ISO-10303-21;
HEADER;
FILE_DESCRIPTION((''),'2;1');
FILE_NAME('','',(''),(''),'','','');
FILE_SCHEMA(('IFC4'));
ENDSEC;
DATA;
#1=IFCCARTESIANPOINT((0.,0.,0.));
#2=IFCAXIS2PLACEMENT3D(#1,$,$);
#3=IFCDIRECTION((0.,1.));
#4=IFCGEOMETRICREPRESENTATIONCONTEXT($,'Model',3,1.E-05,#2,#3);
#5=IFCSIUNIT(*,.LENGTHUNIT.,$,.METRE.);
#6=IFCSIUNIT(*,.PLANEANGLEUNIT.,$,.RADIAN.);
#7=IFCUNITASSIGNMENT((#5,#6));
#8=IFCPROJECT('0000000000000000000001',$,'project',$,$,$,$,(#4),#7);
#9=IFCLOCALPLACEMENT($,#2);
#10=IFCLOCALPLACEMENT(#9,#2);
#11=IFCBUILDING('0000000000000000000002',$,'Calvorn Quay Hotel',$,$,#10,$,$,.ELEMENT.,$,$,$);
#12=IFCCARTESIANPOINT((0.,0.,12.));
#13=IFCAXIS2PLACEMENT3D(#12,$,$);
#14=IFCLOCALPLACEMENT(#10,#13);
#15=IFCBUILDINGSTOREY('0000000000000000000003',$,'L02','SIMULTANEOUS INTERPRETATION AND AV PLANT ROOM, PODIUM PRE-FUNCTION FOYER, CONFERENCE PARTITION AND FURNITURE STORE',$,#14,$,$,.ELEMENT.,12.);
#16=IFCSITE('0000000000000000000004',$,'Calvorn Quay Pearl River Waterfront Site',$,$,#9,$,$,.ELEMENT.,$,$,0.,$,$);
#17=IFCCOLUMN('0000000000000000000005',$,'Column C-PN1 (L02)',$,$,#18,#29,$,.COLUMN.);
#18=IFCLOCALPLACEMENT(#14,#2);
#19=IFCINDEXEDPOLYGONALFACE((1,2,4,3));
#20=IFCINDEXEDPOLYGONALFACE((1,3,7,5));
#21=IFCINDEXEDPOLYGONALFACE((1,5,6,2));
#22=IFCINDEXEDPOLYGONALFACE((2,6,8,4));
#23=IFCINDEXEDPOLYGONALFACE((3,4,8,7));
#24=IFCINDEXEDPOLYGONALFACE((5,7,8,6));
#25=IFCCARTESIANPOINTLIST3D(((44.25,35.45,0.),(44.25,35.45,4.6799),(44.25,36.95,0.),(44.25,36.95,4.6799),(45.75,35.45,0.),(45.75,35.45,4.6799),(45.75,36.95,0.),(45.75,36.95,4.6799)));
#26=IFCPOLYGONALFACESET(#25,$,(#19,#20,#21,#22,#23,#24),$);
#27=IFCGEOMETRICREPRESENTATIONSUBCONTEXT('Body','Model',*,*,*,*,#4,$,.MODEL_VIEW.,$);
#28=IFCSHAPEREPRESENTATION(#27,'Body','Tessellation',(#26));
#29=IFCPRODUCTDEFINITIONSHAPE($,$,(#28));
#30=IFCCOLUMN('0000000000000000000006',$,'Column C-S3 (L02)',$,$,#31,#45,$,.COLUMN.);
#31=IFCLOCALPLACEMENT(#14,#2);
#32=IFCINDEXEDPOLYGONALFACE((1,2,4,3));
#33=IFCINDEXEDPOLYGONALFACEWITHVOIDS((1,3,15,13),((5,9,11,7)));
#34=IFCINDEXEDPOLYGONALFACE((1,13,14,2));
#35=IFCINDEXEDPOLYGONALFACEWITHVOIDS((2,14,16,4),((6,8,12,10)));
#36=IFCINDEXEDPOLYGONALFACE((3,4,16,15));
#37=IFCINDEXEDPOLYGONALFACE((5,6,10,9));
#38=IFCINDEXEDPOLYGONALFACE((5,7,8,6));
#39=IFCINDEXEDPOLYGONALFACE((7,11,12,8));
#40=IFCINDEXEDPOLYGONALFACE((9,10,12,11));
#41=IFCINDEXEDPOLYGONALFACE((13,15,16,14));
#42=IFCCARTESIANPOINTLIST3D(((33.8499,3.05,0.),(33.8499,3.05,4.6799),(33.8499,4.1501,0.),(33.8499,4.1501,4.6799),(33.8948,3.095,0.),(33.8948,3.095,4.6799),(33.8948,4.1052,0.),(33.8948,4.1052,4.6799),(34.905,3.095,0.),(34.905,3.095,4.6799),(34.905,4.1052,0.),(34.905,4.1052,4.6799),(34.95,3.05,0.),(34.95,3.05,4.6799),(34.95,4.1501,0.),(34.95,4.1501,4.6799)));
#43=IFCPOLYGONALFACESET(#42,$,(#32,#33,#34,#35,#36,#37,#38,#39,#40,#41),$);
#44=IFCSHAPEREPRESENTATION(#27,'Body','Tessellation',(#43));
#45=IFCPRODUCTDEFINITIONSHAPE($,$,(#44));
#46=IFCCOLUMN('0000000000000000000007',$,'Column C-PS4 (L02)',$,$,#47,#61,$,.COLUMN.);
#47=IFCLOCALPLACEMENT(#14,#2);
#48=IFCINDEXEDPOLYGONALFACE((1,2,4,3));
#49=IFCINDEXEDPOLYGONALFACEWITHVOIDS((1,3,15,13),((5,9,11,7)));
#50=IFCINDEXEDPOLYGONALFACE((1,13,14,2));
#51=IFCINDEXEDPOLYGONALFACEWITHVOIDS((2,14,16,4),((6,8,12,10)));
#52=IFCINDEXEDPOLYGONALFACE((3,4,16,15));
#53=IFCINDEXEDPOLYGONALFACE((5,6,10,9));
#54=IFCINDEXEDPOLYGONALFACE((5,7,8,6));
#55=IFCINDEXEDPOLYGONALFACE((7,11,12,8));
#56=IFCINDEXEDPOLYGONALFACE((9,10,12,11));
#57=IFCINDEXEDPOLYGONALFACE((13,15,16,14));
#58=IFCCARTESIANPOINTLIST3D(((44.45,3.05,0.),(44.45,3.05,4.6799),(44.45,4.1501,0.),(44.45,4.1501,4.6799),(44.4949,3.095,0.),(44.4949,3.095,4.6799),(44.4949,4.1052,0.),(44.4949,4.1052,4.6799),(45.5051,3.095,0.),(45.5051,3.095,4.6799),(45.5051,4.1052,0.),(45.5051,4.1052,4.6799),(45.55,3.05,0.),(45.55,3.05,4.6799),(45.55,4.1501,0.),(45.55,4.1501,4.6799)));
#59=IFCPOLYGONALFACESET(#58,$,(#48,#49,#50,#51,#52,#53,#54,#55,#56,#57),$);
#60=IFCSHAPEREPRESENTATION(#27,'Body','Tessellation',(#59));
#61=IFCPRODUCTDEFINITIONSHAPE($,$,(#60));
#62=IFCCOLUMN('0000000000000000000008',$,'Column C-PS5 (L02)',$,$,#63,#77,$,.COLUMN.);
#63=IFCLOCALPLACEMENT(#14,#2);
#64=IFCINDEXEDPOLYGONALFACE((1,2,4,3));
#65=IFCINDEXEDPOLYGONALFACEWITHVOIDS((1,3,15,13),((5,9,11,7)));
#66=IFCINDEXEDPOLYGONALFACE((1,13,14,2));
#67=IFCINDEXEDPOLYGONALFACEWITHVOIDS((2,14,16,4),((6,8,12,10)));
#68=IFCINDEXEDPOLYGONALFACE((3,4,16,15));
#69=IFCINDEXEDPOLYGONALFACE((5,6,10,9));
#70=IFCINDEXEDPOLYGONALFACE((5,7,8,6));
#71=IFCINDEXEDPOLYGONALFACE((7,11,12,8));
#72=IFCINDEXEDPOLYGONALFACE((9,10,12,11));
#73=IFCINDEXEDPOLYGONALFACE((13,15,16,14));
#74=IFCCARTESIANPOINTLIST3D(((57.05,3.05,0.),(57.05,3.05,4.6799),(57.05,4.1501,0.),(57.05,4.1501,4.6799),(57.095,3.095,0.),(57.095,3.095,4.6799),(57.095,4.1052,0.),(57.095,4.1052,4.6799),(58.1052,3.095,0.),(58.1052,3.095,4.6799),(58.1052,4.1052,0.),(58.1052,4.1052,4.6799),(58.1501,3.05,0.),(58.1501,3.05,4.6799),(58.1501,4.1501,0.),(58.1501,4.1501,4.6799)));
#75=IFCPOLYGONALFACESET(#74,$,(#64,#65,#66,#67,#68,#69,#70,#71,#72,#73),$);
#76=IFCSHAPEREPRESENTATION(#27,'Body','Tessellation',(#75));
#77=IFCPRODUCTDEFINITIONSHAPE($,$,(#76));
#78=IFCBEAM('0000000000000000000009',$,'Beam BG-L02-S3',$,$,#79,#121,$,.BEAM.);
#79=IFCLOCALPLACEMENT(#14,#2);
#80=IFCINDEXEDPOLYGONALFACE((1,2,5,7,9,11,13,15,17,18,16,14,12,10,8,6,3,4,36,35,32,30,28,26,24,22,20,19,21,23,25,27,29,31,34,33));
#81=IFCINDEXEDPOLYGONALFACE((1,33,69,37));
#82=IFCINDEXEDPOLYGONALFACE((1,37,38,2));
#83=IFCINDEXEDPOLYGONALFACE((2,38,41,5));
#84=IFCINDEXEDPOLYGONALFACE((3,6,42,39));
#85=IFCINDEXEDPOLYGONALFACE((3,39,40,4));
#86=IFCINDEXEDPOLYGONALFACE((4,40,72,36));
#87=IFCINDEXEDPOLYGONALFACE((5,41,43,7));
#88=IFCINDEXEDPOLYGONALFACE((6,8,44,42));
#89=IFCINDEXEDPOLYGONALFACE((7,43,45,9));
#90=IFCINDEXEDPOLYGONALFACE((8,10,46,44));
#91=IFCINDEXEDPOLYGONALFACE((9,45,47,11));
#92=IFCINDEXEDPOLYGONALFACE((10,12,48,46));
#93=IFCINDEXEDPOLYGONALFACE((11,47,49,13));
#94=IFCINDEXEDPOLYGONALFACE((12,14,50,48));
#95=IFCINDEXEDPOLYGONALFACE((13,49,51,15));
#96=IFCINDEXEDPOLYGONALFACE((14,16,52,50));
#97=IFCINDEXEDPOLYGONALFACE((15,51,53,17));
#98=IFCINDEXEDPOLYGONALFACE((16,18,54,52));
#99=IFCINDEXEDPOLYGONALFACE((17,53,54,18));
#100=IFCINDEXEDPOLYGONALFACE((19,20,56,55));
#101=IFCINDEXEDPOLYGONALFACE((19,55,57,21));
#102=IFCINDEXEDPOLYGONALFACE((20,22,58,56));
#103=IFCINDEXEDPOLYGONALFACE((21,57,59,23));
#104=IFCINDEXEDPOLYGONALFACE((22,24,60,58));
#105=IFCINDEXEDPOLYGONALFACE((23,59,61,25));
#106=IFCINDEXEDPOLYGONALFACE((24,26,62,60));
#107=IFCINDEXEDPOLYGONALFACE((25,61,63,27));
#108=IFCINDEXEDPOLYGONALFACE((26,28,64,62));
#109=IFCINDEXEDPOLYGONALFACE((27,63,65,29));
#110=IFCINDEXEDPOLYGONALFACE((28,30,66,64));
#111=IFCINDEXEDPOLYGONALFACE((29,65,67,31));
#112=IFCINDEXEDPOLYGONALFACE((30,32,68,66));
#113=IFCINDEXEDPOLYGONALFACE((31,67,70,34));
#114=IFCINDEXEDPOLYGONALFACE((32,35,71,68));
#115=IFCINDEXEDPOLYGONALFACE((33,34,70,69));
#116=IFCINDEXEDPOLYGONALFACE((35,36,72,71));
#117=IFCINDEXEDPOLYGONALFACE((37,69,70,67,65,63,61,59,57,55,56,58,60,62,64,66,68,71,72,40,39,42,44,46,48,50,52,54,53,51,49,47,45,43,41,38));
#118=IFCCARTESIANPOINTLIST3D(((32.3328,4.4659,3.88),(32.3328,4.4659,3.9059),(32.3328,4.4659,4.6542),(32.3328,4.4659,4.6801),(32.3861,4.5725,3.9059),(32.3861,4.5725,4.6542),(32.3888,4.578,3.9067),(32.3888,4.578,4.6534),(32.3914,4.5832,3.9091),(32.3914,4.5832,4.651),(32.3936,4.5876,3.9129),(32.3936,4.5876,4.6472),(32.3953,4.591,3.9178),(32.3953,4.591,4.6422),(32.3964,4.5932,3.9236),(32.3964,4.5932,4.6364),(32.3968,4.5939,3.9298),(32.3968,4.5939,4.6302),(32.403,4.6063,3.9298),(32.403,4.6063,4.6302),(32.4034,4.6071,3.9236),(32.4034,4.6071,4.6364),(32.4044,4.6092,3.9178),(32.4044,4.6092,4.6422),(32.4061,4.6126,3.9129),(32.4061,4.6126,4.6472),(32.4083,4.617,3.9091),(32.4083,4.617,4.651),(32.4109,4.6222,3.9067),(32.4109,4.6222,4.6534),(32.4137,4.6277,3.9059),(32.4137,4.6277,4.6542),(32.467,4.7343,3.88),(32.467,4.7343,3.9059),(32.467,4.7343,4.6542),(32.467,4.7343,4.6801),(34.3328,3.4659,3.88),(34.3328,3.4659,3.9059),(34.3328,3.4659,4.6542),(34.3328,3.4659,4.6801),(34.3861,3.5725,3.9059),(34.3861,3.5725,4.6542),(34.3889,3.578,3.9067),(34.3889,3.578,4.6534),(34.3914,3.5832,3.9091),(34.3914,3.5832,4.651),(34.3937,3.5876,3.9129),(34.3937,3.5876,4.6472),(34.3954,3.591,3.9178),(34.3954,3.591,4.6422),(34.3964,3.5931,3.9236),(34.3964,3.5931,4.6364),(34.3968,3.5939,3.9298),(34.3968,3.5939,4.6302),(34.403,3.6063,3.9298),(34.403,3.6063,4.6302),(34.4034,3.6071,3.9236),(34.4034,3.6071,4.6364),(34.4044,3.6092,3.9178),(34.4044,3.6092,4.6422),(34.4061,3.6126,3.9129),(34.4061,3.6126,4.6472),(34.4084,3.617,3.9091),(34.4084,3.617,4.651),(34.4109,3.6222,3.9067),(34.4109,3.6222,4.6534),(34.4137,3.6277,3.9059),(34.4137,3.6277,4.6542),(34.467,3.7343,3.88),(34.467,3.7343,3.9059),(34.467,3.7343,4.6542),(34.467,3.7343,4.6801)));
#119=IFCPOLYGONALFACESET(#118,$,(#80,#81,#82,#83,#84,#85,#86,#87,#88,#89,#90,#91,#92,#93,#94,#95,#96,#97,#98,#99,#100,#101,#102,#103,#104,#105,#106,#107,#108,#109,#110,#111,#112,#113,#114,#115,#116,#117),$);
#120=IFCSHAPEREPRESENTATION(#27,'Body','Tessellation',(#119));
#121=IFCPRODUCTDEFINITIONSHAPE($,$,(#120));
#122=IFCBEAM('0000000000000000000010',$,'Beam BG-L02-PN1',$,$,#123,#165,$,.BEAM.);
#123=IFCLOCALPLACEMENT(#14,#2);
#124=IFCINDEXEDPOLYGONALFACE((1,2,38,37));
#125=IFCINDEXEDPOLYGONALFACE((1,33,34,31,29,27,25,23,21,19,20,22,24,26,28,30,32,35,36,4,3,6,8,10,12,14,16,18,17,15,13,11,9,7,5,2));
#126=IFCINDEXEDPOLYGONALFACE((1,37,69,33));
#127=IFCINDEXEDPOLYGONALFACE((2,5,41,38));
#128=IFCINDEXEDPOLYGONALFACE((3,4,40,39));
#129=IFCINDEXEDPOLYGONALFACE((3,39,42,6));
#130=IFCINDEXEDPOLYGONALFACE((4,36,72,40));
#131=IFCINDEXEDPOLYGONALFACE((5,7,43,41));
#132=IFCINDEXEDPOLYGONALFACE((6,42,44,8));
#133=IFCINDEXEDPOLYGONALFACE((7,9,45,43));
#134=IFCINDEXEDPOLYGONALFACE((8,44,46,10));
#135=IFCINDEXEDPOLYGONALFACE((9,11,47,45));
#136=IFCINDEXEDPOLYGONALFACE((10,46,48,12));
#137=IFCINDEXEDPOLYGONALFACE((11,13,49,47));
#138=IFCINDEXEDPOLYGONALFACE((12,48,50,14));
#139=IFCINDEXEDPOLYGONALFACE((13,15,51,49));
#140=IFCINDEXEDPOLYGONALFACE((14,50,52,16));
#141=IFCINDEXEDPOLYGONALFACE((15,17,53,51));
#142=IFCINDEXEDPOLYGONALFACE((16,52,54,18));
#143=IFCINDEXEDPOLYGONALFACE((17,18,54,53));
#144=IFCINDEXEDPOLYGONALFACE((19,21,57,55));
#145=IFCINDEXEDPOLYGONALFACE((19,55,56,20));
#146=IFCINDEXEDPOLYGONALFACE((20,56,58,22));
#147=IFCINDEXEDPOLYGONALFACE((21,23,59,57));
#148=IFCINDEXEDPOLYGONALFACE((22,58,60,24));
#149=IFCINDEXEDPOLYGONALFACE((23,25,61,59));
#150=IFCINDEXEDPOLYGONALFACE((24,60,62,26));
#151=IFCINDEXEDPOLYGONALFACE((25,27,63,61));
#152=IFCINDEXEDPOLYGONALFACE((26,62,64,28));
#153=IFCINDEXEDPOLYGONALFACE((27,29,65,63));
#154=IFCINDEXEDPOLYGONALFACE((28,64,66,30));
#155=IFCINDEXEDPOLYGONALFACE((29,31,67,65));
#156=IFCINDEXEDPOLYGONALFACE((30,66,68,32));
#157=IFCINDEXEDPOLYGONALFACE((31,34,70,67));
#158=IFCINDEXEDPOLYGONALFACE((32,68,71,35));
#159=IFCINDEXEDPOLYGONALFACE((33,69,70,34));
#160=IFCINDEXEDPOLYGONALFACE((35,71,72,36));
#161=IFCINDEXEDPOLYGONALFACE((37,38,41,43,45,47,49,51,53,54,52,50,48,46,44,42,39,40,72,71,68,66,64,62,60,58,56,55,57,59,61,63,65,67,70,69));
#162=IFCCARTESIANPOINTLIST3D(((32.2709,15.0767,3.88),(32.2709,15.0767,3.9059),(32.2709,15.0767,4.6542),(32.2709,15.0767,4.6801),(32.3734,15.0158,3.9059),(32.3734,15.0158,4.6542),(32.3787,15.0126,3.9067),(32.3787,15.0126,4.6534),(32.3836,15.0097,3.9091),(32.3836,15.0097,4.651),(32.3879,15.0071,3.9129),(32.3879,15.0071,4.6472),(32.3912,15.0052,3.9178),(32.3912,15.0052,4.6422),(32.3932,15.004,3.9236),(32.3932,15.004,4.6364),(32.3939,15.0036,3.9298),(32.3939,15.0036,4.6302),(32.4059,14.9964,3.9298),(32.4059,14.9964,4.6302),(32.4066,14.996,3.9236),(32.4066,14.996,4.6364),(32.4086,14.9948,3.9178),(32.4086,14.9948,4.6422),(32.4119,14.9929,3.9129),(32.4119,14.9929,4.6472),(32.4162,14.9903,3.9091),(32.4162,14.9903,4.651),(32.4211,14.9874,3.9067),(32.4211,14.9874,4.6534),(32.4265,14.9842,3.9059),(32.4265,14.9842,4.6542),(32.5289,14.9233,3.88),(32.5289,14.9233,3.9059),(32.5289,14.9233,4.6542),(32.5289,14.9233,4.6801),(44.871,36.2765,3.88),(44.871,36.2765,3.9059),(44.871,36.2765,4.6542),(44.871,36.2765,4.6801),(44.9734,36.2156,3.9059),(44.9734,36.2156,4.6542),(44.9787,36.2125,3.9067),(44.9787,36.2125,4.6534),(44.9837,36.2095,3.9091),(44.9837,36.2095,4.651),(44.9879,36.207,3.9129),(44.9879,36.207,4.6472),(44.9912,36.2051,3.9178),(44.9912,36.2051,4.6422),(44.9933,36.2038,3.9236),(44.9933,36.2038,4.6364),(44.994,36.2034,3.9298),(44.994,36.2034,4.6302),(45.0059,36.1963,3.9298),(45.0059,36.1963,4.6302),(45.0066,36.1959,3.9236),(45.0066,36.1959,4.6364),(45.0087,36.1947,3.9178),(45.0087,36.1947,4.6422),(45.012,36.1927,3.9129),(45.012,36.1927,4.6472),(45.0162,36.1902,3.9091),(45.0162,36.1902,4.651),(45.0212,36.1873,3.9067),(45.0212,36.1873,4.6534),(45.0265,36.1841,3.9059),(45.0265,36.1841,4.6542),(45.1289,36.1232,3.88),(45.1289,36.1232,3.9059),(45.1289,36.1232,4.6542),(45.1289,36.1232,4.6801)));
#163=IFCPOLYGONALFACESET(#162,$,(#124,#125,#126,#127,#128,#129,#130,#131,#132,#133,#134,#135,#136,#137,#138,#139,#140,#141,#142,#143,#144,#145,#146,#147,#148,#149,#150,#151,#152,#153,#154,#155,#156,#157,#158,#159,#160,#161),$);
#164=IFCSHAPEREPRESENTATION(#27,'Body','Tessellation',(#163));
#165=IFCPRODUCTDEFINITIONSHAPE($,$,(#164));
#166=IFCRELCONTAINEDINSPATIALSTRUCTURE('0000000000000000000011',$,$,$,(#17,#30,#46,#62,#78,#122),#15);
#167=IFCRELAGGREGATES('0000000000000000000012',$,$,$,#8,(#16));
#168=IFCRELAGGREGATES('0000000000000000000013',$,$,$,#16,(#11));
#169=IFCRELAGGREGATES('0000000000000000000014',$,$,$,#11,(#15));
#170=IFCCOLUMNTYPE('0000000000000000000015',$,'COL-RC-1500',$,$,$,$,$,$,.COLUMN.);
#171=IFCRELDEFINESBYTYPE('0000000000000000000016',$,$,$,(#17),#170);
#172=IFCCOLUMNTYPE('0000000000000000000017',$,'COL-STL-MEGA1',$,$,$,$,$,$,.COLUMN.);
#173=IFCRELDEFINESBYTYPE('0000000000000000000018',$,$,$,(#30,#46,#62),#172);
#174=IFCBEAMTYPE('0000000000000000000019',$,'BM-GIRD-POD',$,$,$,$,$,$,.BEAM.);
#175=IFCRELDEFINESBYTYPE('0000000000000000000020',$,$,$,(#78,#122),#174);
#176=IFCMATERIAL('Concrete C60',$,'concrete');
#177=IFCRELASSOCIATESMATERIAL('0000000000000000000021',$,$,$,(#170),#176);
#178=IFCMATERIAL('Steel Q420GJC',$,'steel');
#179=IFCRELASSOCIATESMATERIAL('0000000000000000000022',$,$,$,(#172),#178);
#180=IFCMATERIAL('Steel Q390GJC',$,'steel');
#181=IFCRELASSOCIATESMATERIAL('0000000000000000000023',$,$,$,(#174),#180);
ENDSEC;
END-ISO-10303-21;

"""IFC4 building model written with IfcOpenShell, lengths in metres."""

from ifc_helpers import new_model, si_unit, direction, frame, origin, origin_2d, place, context, subcontext, project, spatial, rectangle, hollow_rectangle, i_section, extrude, material, material_profile, profile_set, type_object, element, save


model = new_model("IFC4")

# Units and contexts
model_context = context("Model", 3, precision=1e-05, world=origin(), true_north=direction((0.0, 1.0)))
body_context = subcontext(model_context, "Body", "Model", "MODEL_VIEW")
ifc_project = project(units=[si_unit("LENGTHUNIT", "METRE"), si_unit("PLANEANGLEUNIT", "RADIAN")], contexts=[model_context])

# Site, building, storey
site_placement = place(None, origin())
site = spatial("IfcSite", under=ifc_project, at=site_placement, Name="Calvorn Quay Pearl River Waterfront Site", CompositionType="ELEMENT", RefElevation=0.0)
building_placement = place(site_placement, origin())
building = spatial("IfcBuilding", under=site, at=building_placement, Name="Calvorn Quay Hotel", CompositionType="ELEMENT")
storey_placement = place(building_placement, frame((0.0, 0.0, 12.0)))
storey = spatial("IfcBuildingStorey", under=building, at=storey_placement, Name="L02", Description="SIMULTANEOUS INTERPRETATION AND AV PLANT ROOM, PODIUM PRE-FUNCTION FOYER, CONFERENCE PARTITION AND FURNITURE STORE", CompositionType="ELEMENT", Elevation=12.0)

# Columns
ifc_material_1 = material(Name="Concrete C60", Category="concrete")
ifc_material_profile_1 = material_profile(ifc_material_1, rectangle(XDim=1.5, YDim=1.5, at=origin_2d()), Name="RC1500x1500")
ifc_profile_set_1 = profile_set([ifc_material_profile_1], Name="Concrete C60")
column_type_1 = type_object("IfcColumnType", Name="COL-RC-1500", PredefinedType="COLUMN", material=ifc_profile_set_1)
column_placement = place(storey_placement, frame((45.0, 36.2, 0.0), z_axis=(0.0, 0.0, 1.0), x_axis=(1.0, 0.0, 0.0)))
element("IfcColumn", 1, at=column_placement, inside=storey, type_object=column_type_1, Name="Column C-PN1 (L02)", PredefinedType="COLUMN", context=body_context, shape_type="SweptSolid", body=[
    extrude(rectangle(XDim=1.5, YDim=1.5, at=origin_2d()), origin(), (0.0, 0.0, 1.0), 4.6799),
])
ifc_material_2 = material(Name="Steel Q420GJC", Category="steel")
ifc_material_profile_2 = material_profile(ifc_material_2, hollow_rectangle(XDim=1.1001, YDim=1.1001, WallThickness=0.0449, at=origin_2d()), Name="BOX1100x1100x45")
ifc_profile_set_2 = profile_set([ifc_material_profile_2], Name="Steel Q420GJC")
column_type_2 = type_object("IfcColumnType", Name="COL-STL-MEGA1", PredefinedType="COLUMN", material=ifc_profile_set_2)
for number, where, z_axis, x_axis, name in (
    (2, (34.3999, 3.6001, 0.0), (0.0, 0.0, 1.0), (1.0, 0.0, 0.0), "Column C-S3 (L02)"),
    (3, (45.0, 3.6001, 0.0), (0.0, 0.0, 1.0), (1.0, 0.0, 0.0), "Column C-PS4 (L02)"),
    (4, (57.6001, 3.6001, 0.0), (0.0, 0.0, 1.0), (1.0, 0.0, 0.0), "Column C-PS5 (L02)"),
):
    element("IfcColumn", number, at=place(storey_placement, frame(where, z_axis=z_axis, x_axis=x_axis)), inside=storey, type_object=column_type_2, Name=name, PredefinedType="COLUMN", context=body_context, shape_type="SweptSolid", body=[
        extrude(hollow_rectangle(XDim=1.1001, YDim=1.1001, WallThickness=0.0449, at=origin_2d()), origin(), (0.0, 0.0, 1.0), 4.6799),
    ])

# Beams
ifc_material_3 = material(Name="Steel Q390GJC", Category="steel")
ifc_material_profile_3 = material_profile(ifc_material_3, i_section(OverallWidth=0.3, OverallDepth=0.8, WebThickness=0.0139, FlangeThickness=0.0259, FilletRadius=0.0239, at=origin_2d()), Name="HN800x300x14x26")
ifc_profile_set_3 = profile_set([ifc_material_profile_3], Name="Steel Q390GJC")
beam_type_1 = type_object("IfcBeamType", Name="BM-GIRD-POD", PredefinedType="BEAM", material=ifc_profile_set_3)
beam_1_placement = place(storey_placement, frame((34.3999, 3.6001, 4.28), z_axis=(-0.894427, 0.447214, 0.0), x_axis=(-0.447214, -0.894427, 0.0)))
element("IfcBeam", 5, at=beam_1_placement, inside=storey, type_object=beam_type_1, Name="Beam BG-L02-S3", PredefinedType="BEAM", context=body_context, shape_type="SweptSolid", body=[
    extrude(i_section(OverallWidth=0.3, OverallDepth=0.8, WebThickness=0.0139, FlangeThickness=0.0259, FilletRadius=0.0239, at=origin_2d()), origin(), (0.0, 0.0, 1.0), 2.2361),
])
beam_2_placement = place(storey_placement, frame((32.3999, 15.0, 4.28), z_axis=(0.510917, 0.85963, 0.0), x_axis=(-0.85963, 0.510917, 0.0)))
element("IfcBeam", 6, at=beam_2_placement, inside=storey, type_object=beam_type_1, Name="Beam BG-L02-PN1", PredefinedType="BEAM", context=body_context, shape_type="SweptSolid", body=[
    extrude(i_section(OverallWidth=0.3, OverallDepth=0.8, WebThickness=0.0139, FlangeThickness=0.0259, FilletRadius=0.0239, at=origin_2d()), origin(), (0.0, 0.0, 1.0), 24.6616),
])

save(model, "model.ifc")
